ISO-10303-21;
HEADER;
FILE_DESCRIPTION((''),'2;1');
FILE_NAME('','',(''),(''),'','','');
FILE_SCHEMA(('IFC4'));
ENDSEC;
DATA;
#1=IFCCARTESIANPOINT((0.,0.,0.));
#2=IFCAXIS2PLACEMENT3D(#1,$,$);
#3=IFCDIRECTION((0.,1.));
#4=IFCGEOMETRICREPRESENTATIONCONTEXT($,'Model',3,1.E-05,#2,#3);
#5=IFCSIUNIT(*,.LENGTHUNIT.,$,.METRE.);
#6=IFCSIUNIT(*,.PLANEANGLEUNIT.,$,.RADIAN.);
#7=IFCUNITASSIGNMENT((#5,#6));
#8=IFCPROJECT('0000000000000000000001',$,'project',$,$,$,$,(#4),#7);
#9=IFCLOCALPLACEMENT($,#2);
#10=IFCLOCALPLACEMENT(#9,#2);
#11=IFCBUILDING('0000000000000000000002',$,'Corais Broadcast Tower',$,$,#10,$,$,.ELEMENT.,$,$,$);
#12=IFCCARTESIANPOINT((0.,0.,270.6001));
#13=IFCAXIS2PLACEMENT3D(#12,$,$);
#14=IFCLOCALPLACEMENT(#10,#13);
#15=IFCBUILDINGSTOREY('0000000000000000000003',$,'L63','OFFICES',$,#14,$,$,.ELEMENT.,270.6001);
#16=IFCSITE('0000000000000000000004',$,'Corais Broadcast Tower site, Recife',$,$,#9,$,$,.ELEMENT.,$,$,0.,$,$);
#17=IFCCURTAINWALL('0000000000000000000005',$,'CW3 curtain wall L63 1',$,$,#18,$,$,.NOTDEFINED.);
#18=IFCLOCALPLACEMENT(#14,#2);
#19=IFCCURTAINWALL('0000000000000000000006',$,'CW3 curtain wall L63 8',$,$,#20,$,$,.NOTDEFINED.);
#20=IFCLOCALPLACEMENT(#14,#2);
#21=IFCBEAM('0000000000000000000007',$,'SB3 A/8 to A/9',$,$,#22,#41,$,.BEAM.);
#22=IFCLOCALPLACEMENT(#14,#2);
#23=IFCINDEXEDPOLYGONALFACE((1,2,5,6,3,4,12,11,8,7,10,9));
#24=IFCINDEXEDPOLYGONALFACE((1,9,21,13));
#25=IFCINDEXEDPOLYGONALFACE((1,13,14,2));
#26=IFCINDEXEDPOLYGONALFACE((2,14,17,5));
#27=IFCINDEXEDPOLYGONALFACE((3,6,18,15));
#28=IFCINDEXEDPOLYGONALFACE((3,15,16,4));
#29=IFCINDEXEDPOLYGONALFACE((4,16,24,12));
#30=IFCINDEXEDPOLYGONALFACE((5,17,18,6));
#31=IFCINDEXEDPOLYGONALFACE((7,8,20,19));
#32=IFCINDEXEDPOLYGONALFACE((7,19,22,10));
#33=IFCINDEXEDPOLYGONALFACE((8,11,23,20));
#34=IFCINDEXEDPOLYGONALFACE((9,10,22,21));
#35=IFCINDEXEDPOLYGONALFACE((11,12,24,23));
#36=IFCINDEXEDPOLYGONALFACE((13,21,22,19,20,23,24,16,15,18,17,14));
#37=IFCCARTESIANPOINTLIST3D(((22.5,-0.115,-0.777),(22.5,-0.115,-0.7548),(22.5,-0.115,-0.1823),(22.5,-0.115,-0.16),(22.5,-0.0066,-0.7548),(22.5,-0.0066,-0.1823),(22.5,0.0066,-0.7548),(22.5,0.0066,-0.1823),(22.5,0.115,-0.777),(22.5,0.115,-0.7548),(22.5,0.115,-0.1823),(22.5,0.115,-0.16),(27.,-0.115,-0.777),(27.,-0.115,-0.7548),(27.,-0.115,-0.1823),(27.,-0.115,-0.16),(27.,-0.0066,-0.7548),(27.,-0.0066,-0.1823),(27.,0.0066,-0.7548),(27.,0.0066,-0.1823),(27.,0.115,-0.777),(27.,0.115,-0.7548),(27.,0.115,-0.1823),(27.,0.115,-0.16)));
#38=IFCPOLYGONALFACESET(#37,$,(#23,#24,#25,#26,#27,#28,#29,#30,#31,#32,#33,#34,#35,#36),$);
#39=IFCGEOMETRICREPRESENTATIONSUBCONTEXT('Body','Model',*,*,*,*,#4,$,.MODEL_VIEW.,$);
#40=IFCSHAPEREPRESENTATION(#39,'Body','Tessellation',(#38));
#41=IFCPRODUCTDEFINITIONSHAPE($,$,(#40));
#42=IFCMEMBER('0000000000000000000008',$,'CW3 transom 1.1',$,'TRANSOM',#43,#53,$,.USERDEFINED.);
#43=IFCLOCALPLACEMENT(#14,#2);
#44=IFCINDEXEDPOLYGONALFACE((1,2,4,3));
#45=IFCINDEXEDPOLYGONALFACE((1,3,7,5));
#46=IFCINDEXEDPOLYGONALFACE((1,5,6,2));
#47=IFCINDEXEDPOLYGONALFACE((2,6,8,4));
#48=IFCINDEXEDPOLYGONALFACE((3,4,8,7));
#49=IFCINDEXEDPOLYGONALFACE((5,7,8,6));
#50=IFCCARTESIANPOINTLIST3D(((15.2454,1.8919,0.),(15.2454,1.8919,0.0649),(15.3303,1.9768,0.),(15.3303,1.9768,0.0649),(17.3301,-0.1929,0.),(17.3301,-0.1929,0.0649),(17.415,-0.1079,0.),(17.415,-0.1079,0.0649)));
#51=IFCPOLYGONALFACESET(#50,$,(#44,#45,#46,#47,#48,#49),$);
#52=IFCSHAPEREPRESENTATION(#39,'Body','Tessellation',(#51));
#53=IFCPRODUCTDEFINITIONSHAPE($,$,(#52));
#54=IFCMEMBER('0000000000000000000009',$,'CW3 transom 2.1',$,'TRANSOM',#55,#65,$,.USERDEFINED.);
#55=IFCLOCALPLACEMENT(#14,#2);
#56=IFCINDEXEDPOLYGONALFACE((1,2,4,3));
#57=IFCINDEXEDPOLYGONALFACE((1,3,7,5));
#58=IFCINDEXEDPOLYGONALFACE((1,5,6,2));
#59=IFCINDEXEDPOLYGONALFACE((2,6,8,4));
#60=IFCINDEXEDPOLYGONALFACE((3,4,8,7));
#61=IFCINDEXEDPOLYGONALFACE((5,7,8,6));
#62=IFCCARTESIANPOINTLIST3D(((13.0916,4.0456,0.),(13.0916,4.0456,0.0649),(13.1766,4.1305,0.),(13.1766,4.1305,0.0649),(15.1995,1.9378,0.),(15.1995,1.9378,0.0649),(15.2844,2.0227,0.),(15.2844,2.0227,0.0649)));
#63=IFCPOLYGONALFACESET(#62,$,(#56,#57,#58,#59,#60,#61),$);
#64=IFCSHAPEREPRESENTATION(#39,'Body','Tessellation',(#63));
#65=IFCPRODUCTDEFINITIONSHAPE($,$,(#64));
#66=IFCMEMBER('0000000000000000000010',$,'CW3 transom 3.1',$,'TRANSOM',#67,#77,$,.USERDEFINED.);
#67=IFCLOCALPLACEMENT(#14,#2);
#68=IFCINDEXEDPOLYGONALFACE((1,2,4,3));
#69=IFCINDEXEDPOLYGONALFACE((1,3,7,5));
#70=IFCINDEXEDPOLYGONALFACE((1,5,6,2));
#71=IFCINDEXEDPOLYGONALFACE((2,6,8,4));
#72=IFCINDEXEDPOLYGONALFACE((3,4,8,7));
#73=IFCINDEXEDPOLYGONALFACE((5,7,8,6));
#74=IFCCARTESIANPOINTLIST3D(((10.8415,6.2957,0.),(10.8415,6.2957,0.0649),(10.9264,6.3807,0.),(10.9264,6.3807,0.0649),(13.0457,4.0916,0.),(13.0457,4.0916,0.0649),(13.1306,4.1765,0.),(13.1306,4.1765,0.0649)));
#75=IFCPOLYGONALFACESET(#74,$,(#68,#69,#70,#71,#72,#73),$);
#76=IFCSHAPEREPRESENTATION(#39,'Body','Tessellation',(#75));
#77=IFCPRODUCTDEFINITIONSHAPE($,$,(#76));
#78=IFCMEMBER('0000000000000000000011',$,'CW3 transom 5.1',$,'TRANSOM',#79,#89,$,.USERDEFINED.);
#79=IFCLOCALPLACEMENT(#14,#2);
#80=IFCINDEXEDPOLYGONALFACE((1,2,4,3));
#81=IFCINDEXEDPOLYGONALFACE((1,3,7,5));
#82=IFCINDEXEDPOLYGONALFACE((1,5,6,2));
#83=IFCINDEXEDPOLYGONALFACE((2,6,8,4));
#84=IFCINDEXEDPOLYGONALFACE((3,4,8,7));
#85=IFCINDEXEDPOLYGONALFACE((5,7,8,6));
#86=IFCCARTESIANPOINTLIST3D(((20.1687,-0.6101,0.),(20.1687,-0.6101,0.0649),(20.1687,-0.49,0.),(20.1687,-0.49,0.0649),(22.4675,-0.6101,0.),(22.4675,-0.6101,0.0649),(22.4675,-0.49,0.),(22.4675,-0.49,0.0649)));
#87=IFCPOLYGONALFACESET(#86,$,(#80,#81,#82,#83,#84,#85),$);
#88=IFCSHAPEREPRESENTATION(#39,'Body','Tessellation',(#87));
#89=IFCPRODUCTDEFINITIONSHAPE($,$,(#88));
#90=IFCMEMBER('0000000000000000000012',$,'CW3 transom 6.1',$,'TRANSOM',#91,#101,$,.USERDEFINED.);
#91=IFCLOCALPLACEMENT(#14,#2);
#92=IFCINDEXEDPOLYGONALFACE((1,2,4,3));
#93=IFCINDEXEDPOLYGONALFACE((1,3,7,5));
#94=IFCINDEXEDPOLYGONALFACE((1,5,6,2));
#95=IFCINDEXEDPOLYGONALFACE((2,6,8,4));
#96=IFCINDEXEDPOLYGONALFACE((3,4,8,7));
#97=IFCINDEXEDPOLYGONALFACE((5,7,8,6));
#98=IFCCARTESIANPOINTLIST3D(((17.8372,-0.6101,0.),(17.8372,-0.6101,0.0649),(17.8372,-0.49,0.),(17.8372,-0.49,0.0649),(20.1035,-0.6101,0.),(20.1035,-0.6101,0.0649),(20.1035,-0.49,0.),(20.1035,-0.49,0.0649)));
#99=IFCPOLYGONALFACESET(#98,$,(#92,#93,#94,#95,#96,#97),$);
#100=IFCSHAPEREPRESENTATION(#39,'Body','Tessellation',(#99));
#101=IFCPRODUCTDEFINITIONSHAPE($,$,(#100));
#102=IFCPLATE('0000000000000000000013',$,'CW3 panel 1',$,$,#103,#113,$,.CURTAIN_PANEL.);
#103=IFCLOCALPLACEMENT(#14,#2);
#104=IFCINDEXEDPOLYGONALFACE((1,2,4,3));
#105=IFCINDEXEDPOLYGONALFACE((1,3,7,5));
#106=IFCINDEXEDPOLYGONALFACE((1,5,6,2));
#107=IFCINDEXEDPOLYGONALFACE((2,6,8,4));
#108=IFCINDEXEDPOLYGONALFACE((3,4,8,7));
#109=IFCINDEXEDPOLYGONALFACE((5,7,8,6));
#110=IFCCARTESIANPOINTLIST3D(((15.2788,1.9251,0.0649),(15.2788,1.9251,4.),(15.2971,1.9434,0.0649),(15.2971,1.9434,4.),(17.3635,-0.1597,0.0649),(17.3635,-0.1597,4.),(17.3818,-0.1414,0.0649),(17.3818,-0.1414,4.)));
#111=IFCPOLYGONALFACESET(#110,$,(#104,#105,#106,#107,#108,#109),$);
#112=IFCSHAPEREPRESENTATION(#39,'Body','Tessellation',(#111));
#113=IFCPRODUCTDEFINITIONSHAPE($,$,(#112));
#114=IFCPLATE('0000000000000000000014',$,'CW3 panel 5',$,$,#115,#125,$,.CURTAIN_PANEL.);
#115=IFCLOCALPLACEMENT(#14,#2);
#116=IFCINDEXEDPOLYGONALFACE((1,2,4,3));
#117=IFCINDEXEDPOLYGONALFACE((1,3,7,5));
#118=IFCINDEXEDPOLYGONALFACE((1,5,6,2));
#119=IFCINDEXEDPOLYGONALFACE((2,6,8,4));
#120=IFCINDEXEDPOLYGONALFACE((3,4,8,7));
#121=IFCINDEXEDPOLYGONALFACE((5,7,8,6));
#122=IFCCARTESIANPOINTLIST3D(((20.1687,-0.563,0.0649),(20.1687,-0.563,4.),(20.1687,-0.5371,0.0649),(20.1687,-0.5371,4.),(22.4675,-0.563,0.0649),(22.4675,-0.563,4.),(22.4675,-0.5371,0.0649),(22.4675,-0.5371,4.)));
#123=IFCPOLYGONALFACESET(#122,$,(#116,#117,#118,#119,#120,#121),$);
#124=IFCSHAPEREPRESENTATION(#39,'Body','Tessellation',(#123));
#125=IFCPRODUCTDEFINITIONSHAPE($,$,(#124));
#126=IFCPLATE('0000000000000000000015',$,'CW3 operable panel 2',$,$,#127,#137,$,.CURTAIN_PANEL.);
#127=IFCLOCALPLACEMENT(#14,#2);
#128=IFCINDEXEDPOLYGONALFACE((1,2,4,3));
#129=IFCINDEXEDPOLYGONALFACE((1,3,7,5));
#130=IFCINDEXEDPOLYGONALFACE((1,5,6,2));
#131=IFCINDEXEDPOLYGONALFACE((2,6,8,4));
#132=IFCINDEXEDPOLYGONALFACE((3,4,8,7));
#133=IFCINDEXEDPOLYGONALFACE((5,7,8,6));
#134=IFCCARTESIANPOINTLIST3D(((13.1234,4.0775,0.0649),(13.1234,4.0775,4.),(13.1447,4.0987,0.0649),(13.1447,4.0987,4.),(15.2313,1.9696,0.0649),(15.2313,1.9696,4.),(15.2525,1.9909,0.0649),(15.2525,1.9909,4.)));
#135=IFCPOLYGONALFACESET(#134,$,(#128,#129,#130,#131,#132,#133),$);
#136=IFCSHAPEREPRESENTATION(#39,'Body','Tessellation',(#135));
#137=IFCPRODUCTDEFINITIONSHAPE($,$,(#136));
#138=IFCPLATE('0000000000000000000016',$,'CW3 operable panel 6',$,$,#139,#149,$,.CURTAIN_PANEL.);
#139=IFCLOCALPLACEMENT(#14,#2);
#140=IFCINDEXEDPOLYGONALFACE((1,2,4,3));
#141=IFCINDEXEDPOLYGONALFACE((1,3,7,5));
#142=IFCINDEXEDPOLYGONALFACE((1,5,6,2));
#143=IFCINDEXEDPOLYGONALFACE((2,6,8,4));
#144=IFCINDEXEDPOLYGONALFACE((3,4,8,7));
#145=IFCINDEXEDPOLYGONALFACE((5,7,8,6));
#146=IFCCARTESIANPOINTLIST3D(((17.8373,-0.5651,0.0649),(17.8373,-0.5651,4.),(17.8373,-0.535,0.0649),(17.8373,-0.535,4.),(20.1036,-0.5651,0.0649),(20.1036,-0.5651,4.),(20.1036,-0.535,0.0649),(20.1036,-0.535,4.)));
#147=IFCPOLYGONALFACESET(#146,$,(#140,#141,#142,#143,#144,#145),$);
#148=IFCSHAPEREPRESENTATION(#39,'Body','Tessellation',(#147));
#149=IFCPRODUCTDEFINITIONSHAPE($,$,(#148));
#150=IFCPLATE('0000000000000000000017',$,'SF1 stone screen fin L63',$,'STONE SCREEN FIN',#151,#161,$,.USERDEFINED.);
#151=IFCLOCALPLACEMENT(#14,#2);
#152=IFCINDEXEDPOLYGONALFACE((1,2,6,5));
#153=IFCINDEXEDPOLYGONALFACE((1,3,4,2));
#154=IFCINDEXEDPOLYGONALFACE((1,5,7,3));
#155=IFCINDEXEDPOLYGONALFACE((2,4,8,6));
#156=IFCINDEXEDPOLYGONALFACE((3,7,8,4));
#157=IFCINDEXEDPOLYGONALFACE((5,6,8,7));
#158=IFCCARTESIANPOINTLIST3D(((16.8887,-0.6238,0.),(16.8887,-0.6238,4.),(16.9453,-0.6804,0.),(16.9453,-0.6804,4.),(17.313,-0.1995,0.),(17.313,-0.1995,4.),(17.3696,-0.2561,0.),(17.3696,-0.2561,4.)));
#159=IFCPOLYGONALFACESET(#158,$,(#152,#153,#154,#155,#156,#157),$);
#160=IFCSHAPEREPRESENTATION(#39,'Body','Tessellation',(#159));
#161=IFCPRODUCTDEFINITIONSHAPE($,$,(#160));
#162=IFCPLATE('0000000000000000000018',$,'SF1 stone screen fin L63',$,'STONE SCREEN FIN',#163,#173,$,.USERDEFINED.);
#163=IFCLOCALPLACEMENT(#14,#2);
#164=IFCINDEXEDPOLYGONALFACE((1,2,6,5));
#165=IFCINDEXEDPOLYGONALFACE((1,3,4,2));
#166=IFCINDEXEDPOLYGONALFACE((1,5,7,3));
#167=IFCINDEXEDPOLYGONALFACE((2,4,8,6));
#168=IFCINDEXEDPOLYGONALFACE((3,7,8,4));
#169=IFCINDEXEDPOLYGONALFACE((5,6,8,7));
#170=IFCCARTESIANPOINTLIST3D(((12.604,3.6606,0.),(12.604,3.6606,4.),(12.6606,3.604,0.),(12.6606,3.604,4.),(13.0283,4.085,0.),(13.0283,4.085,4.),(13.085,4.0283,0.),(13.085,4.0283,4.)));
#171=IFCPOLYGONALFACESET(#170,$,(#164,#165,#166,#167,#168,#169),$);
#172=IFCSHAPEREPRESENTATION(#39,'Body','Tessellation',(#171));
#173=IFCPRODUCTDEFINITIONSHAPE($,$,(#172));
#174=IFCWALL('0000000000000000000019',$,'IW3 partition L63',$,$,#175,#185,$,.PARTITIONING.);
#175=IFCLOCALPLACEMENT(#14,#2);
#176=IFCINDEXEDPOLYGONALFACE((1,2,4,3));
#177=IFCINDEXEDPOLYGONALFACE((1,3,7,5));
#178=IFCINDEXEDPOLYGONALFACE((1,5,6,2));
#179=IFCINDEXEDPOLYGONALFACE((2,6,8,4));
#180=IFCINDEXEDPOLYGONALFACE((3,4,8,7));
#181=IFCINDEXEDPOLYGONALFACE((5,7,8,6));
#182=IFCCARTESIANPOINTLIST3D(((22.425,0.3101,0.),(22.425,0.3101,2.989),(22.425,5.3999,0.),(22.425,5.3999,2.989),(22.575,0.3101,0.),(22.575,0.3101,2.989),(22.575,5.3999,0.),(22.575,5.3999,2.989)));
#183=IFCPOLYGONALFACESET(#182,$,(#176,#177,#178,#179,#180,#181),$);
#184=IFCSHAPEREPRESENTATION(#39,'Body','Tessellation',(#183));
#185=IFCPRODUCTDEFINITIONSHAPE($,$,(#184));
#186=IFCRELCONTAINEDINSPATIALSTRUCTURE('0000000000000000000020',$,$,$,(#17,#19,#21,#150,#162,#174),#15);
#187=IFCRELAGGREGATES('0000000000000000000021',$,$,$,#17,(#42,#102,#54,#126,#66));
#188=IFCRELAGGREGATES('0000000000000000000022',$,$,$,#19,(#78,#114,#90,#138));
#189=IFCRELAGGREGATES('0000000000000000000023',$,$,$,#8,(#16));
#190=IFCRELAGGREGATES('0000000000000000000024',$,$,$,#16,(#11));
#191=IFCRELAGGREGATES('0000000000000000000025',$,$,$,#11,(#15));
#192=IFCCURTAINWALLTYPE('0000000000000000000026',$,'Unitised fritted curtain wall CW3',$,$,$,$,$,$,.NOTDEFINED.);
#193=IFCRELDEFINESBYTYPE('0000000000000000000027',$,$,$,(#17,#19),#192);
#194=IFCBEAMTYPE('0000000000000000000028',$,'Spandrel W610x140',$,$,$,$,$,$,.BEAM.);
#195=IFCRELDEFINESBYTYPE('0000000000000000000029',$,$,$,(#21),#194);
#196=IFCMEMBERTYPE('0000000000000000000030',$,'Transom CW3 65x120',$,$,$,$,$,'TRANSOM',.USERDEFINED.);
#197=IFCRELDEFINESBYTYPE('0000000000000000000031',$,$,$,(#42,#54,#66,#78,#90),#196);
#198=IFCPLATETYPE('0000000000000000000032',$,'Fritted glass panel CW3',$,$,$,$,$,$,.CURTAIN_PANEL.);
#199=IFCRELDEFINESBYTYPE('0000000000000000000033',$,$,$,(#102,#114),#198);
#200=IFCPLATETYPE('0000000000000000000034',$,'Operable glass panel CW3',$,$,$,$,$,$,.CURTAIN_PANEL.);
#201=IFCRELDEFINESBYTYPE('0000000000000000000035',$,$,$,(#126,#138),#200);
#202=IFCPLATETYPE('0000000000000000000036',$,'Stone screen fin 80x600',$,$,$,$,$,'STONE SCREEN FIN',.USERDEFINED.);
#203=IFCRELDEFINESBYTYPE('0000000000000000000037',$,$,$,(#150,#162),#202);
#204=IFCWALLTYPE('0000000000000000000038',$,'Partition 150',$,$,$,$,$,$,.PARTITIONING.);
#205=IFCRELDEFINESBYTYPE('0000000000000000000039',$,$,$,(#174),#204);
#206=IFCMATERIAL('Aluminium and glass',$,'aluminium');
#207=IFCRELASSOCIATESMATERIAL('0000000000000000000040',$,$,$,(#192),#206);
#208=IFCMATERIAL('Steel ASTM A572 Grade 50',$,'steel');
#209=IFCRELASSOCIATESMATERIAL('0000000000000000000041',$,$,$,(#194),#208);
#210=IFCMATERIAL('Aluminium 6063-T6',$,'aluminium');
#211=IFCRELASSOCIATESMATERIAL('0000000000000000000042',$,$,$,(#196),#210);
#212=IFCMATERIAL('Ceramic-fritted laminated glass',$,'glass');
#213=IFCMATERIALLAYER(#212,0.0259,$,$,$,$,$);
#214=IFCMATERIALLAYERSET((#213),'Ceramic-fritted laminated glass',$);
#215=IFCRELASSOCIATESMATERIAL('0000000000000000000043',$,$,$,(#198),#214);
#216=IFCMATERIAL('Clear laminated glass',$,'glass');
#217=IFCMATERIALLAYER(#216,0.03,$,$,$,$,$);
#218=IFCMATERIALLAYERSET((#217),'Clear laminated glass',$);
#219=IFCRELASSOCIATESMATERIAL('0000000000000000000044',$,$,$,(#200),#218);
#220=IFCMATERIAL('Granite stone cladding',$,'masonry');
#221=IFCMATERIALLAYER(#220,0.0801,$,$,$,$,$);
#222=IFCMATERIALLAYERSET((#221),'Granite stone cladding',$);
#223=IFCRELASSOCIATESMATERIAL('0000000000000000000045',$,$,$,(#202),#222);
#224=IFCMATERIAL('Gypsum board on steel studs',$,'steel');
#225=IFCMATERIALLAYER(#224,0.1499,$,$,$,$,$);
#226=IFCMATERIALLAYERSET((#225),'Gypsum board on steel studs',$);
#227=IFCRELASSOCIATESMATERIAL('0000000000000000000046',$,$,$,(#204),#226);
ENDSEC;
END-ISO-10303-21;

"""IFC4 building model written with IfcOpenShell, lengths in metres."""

from ifc_helpers import new_model, si_unit, direction, frame, frame_2d, origin, origin_2d, place, context, subcontext, project, spatial, rectangle, i_section, extrude, material, layer, layer_set, material_profile, profile_set, type_object, element, aggregate, save


model = new_model("IFC4")

# Units and contexts
model_context = context("Model", 3, precision=1e-05, world=origin(), true_north=direction((0.0, 1.0)))
body_context = subcontext(model_context, "Body", "Model", "MODEL_VIEW")
ifc_project = project(units=[si_unit("LENGTHUNIT", "METRE"), si_unit("PLANEANGLEUNIT", "RADIAN")], contexts=[model_context])

# Site, building, storey
site_placement = place(None, origin())
site = spatial("IfcSite", under=ifc_project, at=site_placement, Name="Corais Broadcast Tower site, Recife", CompositionType="ELEMENT", RefElevation=0.0)
building_placement = place(site_placement, origin())
building = spatial("IfcBuilding", under=site, at=building_placement, Name="Corais Broadcast Tower", CompositionType="ELEMENT")
storey_placement = place(building_placement, frame((0.0, 0.0, 270.6001)))
storey = spatial("IfcBuildingStorey", under=building, at=storey_placement, Name="L63", Description="OFFICES", CompositionType="ELEMENT", Elevation=270.6001)

# Curtain walls
ifc_material_1 = material(Name="Aluminium and glass", Category="aluminium")
curtain_wall_type = type_object("IfcCurtainWallType", Name="Unitised fritted curtain wall CW3", PredefinedType="NOTDEFINED", material=ifc_material_1)
curtain_wall_1_placement = place(storey_placement, origin())
curtain_wall_1 = element("IfcCurtainWall", 1, at=curtain_wall_1_placement, inside=storey, type_object=curtain_wall_type, Name="CW3 curtain wall L63 1", PredefinedType="NOTDEFINED")
curtain_wall_2_placement = place(storey_placement, origin())
curtain_wall_2 = element("IfcCurtainWall", 2, at=curtain_wall_2_placement, inside=storey, type_object=curtain_wall_type, Name="CW3 curtain wall L63 8", PredefinedType="NOTDEFINED")

# Beam
ifc_material_2 = material(Name="Steel ASTM A572 Grade 50", Category="steel")
ifc_material_profile_1 = material_profile(ifc_material_2, i_section(OverallWidth=0.23, OverallDepth=0.6169, WebThickness=0.0132, FlangeThickness=0.0222, at=origin_2d()), Name="W610x140")
ifc_profile_set_1 = profile_set([ifc_material_profile_1], Name="Steel ASTM A572 Grade 50")
beam_type_1 = type_object("IfcBeamType", Name="Spandrel W610x140", PredefinedType="BEAM", material=ifc_profile_set_1)
for number, where, z_axis, x_axis, name in (
    (3, (22.5, 0.0, -0.4685), (1.0, 0.0, 0.0), (0.0, 1.0, 0.0), "SB3 A/8 to A/9"),
):
    element("IfcBeam", number, at=place(storey_placement, frame(where, z_axis=z_axis, x_axis=x_axis)), inside=storey, type_object=beam_type_1, Name=name, PredefinedType="BEAM", context=body_context, shape_type="SweptSolid", body=[
        extrude(i_section(OverallWidth=0.23, OverallDepth=0.6169, WebThickness=0.0132, FlangeThickness=0.0222, at=origin_2d()), origin(), (0.0, 0.0, 1.0), 4.5),
    ])

# Members
ifc_material_3 = material(Name="Aluminium 6063-T6", Category="aluminium")
ifc_material_profile_2 = material_profile(ifc_material_3, rectangle(XDim=0.1201, YDim=0.0649, at=origin_2d()), Name="Transom CW3 65x120")
ifc_profile_set_2 = profile_set([ifc_material_profile_2], Name="Aluminium 6063-T6")
member_type_1 = type_object("IfcMemberType", Name="Transom CW3 65x120", ElementType="TRANSOM", PredefinedType="USERDEFINED", material=ifc_profile_set_2)
member_1_placement = place(storey_placement, frame((17.3726, -0.1504, 0.0325), z_axis=(-0.707107, 0.707107, 0.0), x_axis=(-0.707107, -0.707107, 0.0)))
member_1 = element("IfcMember", 4, at=member_1_placement, type_object=member_type_1, Name="CW3 transom 1.1", ObjectType="TRANSOM", PredefinedType="USERDEFINED", context=body_context, shape_type="SweptSolid", body=[
    extrude(rectangle(XDim=0.1201, YDim=0.0649, at=origin_2d()), origin(), (0.0, 0.0, 1.0), 2.9482),
])
member_2_placement = place(storey_placement, frame((15.2419, 1.9802, 0.0325), z_axis=(-0.707107, 0.707107, 0.0), x_axis=(-0.707107, -0.707107, 0.0)))
member_2 = element("IfcMember", 5, at=member_2_placement, type_object=member_type_1, Name="CW3 transom 2.1", ObjectType="TRANSOM", PredefinedType="USERDEFINED", context=body_context, shape_type="SweptSolid", body=[
    extrude(rectangle(XDim=0.1201, YDim=0.0649, at=origin_2d()), origin(), (0.0, 0.0, 1.0), 2.981),
])
member_3_placement = place(storey_placement, frame((13.0881, 4.134, 0.0325), z_axis=(-0.707107, 0.707107, 0.0), x_axis=(-0.707107, -0.707107, 0.0)))
member_3 = element("IfcMember", 6, at=member_3_placement, type_object=member_type_1, Name="CW3 transom 3.1", ObjectType="TRANSOM", PredefinedType="USERDEFINED", context=body_context, shape_type="SweptSolid", body=[
    extrude(rectangle(XDim=0.1201, YDim=0.0649, at=origin_2d()), origin(), (0.0, 0.0, 1.0), 3.1172),
])
member_4_placement = place(storey_placement, frame((22.4675, -0.55, 0.0325), z_axis=(-1.0, 0.0, 0.0), x_axis=(0.0, -1.0, 0.0)))
member_4 = element("IfcMember", 7, at=member_4_placement, type_object=member_type_1, Name="CW3 transom 5.1", ObjectType="TRANSOM", PredefinedType="USERDEFINED", context=body_context, shape_type="SweptSolid", body=[
    extrude(rectangle(XDim=0.1201, YDim=0.0649, at=origin_2d()), origin(), (0.0, 0.0, 1.0), 2.2988),
])
member_5_placement = place(storey_placement, frame((20.1035, -0.55, 0.0325), z_axis=(-1.0, 0.0, 0.0), x_axis=(0.0, -1.0, 0.0)))
member_5 = element("IfcMember", 8, at=member_5_placement, type_object=member_type_1, Name="CW3 transom 6.1", ObjectType="TRANSOM", PredefinedType="USERDEFINED", context=body_context, shape_type="SweptSolid", body=[
    extrude(rectangle(XDim=0.1201, YDim=0.0649, at=origin_2d()), origin(), (0.0, 0.0, 1.0), 2.2664),
])

# Plates
ifc_material_4 = material(Name="Ceramic-fritted laminated glass", Category="glass")
ifc_layer_1 = layer(ifc_material_4, 0.0259)
ifc_layer_set_1 = layer_set([ifc_layer_1], Name="Ceramic-fritted laminated glass")
plate_type_1 = type_object("IfcPlateType", Name="Fritted glass panel CW3", PredefinedType="CURTAIN_PANEL", material=ifc_layer_set_1)
plate_1_placement = place(storey_placement, frame((16.3303, 0.8918, 0.0649), z_axis=(0.0, 0.0, 1.0), x_axis=(-0.707107, 0.707107, 0.0)))
plate_1 = element("IfcPlate", 9, at=plate_1_placement, type_object=plate_type_1, Name="CW3 panel 1", PredefinedType="CURTAIN_PANEL", context=body_context, shape_type="SweptSolid", body=[
    extrude(rectangle(XDim=2.9482, YDim=0.0259, at=origin_2d()), origin(), (0.0, 0.0, 1.0), 3.9351),
])
plate_2_placement = place(storey_placement, frame((21.3181, -0.55, 0.0649), z_axis=(0.0, 0.0, 1.0), x_axis=(-1.0, 0.0, 0.0)))
plate_2 = element("IfcPlate", 10, at=plate_2_placement, type_object=plate_type_1, Name="CW3 panel 5", PredefinedType="CURTAIN_PANEL", context=body_context, shape_type="SweptSolid", body=[
    extrude(rectangle(XDim=2.2988, YDim=0.0259, at=origin_2d()), origin(), (0.0, 0.0, 1.0), 3.9351),
])
ifc_material_5 = material(Name="Clear laminated glass", Category="glass")
ifc_layer_2 = layer(ifc_material_5, 0.03)
ifc_layer_set_2 = layer_set([ifc_layer_2], Name="Clear laminated glass")
plate_type_2 = type_object("IfcPlateType", Name="Operable glass panel CW3", PredefinedType="CURTAIN_PANEL", material=ifc_layer_set_2)
plate_3_placement = place(storey_placement, frame((14.188, 3.0342, 0.0649), z_axis=(0.0, 0.0, 1.0), x_axis=(-0.707107, 0.707107, 0.0)))
plate_3 = element("IfcPlate", 11, at=plate_3_placement, type_object=plate_type_2, Name="CW3 operable panel 2", PredefinedType="CURTAIN_PANEL", context=body_context, shape_type="SweptSolid", body=[
    extrude(rectangle(XDim=2.981, YDim=0.03, at=origin_2d()), origin(), (0.0, 0.0, 1.0), 3.9351),
])
aggregate(curtain_wall_1, [member_1, plate_1, member_2, plate_3, member_3])
plate_4_placement = place(storey_placement, frame((18.9705, -0.55, 0.0649), z_axis=(0.0, 0.0, 1.0), x_axis=(-1.0, 0.0, 0.0)))
plate_4 = element("IfcPlate", 12, at=plate_4_placement, type_object=plate_type_2, Name="CW3 operable panel 6", PredefinedType="CURTAIN_PANEL", context=body_context, shape_type="SweptSolid", body=[
    extrude(rectangle(XDim=2.2664, YDim=0.03, at=origin_2d()), origin(), (0.0, 0.0, 1.0), 3.9351),
])
aggregate(curtain_wall_2, [member_4, plate_2, member_5, plate_4])

# Plates
ifc_material_6 = material(Name="Granite stone cladding", Category="masonry")
ifc_layer_3 = layer(ifc_material_6, 0.0801)
ifc_layer_set_3 = layer_set([ifc_layer_3], Name="Granite stone cladding")
plate_type_3 = type_object("IfcPlateType", Name="Stone screen fin 80x600", ElementType="STONE SCREEN FIN", PredefinedType="USERDEFINED", material=ifc_layer_set_3)
for number, where, z_axis, x_axis, name in (
    (13, (17.1292, -0.4399, 0.0), (0.0, 0.0, 1.0), (-0.707107, 0.707107, 0.0), "SF1 stone screen fin L63"),
    (14, (12.8445, 3.8445, 0.0), (0.0, 0.0, 1.0), (-0.707107, 0.707107, 0.0), "SF1 stone screen fin L63"),
):
    element("IfcPlate", number, at=place(storey_placement, frame(where, z_axis=z_axis, x_axis=x_axis)), inside=storey, type_object=plate_type_3, Name=name, ObjectType="STONE SCREEN FIN", PredefinedType="USERDEFINED", context=body_context, shape_type="SweptSolid", body=[
        extrude(rectangle(XDim=0.0801, YDim=0.6001, at=origin_2d()), origin(), (0.0, 0.0, 1.0), 4.0),
    ])

# Wall
ifc_material_7 = material(Name="Gypsum board on steel studs", Category="steel")
ifc_layer_4 = layer(ifc_material_7, 0.1499)
ifc_layer_set_4 = layer_set([ifc_layer_4], Name="Gypsum board on steel studs")
wall_type = type_object("IfcWallType", Name="Partition 150", PredefinedType="PARTITIONING", material=ifc_layer_set_4)
wall_placement = place(storey_placement, frame((22.5, 0.3101, 0.0), z_axis=(0.0, 0.0, 1.0), x_axis=(0.0, 1.0, 0.0)))
element("IfcWall", 15, at=wall_placement, inside=storey, type_object=wall_type, Name="IW3 partition L63", PredefinedType="PARTITIONING", context=body_context, shape_type="SweptSolid", body=[
    extrude(rectangle(XDim=5.0898, YDim=0.1499, at=frame_2d((2.5449, 0.0))), origin(), (0.0, 0.0, 1.0), 2.989),
])

save(model, "model.ifc")
